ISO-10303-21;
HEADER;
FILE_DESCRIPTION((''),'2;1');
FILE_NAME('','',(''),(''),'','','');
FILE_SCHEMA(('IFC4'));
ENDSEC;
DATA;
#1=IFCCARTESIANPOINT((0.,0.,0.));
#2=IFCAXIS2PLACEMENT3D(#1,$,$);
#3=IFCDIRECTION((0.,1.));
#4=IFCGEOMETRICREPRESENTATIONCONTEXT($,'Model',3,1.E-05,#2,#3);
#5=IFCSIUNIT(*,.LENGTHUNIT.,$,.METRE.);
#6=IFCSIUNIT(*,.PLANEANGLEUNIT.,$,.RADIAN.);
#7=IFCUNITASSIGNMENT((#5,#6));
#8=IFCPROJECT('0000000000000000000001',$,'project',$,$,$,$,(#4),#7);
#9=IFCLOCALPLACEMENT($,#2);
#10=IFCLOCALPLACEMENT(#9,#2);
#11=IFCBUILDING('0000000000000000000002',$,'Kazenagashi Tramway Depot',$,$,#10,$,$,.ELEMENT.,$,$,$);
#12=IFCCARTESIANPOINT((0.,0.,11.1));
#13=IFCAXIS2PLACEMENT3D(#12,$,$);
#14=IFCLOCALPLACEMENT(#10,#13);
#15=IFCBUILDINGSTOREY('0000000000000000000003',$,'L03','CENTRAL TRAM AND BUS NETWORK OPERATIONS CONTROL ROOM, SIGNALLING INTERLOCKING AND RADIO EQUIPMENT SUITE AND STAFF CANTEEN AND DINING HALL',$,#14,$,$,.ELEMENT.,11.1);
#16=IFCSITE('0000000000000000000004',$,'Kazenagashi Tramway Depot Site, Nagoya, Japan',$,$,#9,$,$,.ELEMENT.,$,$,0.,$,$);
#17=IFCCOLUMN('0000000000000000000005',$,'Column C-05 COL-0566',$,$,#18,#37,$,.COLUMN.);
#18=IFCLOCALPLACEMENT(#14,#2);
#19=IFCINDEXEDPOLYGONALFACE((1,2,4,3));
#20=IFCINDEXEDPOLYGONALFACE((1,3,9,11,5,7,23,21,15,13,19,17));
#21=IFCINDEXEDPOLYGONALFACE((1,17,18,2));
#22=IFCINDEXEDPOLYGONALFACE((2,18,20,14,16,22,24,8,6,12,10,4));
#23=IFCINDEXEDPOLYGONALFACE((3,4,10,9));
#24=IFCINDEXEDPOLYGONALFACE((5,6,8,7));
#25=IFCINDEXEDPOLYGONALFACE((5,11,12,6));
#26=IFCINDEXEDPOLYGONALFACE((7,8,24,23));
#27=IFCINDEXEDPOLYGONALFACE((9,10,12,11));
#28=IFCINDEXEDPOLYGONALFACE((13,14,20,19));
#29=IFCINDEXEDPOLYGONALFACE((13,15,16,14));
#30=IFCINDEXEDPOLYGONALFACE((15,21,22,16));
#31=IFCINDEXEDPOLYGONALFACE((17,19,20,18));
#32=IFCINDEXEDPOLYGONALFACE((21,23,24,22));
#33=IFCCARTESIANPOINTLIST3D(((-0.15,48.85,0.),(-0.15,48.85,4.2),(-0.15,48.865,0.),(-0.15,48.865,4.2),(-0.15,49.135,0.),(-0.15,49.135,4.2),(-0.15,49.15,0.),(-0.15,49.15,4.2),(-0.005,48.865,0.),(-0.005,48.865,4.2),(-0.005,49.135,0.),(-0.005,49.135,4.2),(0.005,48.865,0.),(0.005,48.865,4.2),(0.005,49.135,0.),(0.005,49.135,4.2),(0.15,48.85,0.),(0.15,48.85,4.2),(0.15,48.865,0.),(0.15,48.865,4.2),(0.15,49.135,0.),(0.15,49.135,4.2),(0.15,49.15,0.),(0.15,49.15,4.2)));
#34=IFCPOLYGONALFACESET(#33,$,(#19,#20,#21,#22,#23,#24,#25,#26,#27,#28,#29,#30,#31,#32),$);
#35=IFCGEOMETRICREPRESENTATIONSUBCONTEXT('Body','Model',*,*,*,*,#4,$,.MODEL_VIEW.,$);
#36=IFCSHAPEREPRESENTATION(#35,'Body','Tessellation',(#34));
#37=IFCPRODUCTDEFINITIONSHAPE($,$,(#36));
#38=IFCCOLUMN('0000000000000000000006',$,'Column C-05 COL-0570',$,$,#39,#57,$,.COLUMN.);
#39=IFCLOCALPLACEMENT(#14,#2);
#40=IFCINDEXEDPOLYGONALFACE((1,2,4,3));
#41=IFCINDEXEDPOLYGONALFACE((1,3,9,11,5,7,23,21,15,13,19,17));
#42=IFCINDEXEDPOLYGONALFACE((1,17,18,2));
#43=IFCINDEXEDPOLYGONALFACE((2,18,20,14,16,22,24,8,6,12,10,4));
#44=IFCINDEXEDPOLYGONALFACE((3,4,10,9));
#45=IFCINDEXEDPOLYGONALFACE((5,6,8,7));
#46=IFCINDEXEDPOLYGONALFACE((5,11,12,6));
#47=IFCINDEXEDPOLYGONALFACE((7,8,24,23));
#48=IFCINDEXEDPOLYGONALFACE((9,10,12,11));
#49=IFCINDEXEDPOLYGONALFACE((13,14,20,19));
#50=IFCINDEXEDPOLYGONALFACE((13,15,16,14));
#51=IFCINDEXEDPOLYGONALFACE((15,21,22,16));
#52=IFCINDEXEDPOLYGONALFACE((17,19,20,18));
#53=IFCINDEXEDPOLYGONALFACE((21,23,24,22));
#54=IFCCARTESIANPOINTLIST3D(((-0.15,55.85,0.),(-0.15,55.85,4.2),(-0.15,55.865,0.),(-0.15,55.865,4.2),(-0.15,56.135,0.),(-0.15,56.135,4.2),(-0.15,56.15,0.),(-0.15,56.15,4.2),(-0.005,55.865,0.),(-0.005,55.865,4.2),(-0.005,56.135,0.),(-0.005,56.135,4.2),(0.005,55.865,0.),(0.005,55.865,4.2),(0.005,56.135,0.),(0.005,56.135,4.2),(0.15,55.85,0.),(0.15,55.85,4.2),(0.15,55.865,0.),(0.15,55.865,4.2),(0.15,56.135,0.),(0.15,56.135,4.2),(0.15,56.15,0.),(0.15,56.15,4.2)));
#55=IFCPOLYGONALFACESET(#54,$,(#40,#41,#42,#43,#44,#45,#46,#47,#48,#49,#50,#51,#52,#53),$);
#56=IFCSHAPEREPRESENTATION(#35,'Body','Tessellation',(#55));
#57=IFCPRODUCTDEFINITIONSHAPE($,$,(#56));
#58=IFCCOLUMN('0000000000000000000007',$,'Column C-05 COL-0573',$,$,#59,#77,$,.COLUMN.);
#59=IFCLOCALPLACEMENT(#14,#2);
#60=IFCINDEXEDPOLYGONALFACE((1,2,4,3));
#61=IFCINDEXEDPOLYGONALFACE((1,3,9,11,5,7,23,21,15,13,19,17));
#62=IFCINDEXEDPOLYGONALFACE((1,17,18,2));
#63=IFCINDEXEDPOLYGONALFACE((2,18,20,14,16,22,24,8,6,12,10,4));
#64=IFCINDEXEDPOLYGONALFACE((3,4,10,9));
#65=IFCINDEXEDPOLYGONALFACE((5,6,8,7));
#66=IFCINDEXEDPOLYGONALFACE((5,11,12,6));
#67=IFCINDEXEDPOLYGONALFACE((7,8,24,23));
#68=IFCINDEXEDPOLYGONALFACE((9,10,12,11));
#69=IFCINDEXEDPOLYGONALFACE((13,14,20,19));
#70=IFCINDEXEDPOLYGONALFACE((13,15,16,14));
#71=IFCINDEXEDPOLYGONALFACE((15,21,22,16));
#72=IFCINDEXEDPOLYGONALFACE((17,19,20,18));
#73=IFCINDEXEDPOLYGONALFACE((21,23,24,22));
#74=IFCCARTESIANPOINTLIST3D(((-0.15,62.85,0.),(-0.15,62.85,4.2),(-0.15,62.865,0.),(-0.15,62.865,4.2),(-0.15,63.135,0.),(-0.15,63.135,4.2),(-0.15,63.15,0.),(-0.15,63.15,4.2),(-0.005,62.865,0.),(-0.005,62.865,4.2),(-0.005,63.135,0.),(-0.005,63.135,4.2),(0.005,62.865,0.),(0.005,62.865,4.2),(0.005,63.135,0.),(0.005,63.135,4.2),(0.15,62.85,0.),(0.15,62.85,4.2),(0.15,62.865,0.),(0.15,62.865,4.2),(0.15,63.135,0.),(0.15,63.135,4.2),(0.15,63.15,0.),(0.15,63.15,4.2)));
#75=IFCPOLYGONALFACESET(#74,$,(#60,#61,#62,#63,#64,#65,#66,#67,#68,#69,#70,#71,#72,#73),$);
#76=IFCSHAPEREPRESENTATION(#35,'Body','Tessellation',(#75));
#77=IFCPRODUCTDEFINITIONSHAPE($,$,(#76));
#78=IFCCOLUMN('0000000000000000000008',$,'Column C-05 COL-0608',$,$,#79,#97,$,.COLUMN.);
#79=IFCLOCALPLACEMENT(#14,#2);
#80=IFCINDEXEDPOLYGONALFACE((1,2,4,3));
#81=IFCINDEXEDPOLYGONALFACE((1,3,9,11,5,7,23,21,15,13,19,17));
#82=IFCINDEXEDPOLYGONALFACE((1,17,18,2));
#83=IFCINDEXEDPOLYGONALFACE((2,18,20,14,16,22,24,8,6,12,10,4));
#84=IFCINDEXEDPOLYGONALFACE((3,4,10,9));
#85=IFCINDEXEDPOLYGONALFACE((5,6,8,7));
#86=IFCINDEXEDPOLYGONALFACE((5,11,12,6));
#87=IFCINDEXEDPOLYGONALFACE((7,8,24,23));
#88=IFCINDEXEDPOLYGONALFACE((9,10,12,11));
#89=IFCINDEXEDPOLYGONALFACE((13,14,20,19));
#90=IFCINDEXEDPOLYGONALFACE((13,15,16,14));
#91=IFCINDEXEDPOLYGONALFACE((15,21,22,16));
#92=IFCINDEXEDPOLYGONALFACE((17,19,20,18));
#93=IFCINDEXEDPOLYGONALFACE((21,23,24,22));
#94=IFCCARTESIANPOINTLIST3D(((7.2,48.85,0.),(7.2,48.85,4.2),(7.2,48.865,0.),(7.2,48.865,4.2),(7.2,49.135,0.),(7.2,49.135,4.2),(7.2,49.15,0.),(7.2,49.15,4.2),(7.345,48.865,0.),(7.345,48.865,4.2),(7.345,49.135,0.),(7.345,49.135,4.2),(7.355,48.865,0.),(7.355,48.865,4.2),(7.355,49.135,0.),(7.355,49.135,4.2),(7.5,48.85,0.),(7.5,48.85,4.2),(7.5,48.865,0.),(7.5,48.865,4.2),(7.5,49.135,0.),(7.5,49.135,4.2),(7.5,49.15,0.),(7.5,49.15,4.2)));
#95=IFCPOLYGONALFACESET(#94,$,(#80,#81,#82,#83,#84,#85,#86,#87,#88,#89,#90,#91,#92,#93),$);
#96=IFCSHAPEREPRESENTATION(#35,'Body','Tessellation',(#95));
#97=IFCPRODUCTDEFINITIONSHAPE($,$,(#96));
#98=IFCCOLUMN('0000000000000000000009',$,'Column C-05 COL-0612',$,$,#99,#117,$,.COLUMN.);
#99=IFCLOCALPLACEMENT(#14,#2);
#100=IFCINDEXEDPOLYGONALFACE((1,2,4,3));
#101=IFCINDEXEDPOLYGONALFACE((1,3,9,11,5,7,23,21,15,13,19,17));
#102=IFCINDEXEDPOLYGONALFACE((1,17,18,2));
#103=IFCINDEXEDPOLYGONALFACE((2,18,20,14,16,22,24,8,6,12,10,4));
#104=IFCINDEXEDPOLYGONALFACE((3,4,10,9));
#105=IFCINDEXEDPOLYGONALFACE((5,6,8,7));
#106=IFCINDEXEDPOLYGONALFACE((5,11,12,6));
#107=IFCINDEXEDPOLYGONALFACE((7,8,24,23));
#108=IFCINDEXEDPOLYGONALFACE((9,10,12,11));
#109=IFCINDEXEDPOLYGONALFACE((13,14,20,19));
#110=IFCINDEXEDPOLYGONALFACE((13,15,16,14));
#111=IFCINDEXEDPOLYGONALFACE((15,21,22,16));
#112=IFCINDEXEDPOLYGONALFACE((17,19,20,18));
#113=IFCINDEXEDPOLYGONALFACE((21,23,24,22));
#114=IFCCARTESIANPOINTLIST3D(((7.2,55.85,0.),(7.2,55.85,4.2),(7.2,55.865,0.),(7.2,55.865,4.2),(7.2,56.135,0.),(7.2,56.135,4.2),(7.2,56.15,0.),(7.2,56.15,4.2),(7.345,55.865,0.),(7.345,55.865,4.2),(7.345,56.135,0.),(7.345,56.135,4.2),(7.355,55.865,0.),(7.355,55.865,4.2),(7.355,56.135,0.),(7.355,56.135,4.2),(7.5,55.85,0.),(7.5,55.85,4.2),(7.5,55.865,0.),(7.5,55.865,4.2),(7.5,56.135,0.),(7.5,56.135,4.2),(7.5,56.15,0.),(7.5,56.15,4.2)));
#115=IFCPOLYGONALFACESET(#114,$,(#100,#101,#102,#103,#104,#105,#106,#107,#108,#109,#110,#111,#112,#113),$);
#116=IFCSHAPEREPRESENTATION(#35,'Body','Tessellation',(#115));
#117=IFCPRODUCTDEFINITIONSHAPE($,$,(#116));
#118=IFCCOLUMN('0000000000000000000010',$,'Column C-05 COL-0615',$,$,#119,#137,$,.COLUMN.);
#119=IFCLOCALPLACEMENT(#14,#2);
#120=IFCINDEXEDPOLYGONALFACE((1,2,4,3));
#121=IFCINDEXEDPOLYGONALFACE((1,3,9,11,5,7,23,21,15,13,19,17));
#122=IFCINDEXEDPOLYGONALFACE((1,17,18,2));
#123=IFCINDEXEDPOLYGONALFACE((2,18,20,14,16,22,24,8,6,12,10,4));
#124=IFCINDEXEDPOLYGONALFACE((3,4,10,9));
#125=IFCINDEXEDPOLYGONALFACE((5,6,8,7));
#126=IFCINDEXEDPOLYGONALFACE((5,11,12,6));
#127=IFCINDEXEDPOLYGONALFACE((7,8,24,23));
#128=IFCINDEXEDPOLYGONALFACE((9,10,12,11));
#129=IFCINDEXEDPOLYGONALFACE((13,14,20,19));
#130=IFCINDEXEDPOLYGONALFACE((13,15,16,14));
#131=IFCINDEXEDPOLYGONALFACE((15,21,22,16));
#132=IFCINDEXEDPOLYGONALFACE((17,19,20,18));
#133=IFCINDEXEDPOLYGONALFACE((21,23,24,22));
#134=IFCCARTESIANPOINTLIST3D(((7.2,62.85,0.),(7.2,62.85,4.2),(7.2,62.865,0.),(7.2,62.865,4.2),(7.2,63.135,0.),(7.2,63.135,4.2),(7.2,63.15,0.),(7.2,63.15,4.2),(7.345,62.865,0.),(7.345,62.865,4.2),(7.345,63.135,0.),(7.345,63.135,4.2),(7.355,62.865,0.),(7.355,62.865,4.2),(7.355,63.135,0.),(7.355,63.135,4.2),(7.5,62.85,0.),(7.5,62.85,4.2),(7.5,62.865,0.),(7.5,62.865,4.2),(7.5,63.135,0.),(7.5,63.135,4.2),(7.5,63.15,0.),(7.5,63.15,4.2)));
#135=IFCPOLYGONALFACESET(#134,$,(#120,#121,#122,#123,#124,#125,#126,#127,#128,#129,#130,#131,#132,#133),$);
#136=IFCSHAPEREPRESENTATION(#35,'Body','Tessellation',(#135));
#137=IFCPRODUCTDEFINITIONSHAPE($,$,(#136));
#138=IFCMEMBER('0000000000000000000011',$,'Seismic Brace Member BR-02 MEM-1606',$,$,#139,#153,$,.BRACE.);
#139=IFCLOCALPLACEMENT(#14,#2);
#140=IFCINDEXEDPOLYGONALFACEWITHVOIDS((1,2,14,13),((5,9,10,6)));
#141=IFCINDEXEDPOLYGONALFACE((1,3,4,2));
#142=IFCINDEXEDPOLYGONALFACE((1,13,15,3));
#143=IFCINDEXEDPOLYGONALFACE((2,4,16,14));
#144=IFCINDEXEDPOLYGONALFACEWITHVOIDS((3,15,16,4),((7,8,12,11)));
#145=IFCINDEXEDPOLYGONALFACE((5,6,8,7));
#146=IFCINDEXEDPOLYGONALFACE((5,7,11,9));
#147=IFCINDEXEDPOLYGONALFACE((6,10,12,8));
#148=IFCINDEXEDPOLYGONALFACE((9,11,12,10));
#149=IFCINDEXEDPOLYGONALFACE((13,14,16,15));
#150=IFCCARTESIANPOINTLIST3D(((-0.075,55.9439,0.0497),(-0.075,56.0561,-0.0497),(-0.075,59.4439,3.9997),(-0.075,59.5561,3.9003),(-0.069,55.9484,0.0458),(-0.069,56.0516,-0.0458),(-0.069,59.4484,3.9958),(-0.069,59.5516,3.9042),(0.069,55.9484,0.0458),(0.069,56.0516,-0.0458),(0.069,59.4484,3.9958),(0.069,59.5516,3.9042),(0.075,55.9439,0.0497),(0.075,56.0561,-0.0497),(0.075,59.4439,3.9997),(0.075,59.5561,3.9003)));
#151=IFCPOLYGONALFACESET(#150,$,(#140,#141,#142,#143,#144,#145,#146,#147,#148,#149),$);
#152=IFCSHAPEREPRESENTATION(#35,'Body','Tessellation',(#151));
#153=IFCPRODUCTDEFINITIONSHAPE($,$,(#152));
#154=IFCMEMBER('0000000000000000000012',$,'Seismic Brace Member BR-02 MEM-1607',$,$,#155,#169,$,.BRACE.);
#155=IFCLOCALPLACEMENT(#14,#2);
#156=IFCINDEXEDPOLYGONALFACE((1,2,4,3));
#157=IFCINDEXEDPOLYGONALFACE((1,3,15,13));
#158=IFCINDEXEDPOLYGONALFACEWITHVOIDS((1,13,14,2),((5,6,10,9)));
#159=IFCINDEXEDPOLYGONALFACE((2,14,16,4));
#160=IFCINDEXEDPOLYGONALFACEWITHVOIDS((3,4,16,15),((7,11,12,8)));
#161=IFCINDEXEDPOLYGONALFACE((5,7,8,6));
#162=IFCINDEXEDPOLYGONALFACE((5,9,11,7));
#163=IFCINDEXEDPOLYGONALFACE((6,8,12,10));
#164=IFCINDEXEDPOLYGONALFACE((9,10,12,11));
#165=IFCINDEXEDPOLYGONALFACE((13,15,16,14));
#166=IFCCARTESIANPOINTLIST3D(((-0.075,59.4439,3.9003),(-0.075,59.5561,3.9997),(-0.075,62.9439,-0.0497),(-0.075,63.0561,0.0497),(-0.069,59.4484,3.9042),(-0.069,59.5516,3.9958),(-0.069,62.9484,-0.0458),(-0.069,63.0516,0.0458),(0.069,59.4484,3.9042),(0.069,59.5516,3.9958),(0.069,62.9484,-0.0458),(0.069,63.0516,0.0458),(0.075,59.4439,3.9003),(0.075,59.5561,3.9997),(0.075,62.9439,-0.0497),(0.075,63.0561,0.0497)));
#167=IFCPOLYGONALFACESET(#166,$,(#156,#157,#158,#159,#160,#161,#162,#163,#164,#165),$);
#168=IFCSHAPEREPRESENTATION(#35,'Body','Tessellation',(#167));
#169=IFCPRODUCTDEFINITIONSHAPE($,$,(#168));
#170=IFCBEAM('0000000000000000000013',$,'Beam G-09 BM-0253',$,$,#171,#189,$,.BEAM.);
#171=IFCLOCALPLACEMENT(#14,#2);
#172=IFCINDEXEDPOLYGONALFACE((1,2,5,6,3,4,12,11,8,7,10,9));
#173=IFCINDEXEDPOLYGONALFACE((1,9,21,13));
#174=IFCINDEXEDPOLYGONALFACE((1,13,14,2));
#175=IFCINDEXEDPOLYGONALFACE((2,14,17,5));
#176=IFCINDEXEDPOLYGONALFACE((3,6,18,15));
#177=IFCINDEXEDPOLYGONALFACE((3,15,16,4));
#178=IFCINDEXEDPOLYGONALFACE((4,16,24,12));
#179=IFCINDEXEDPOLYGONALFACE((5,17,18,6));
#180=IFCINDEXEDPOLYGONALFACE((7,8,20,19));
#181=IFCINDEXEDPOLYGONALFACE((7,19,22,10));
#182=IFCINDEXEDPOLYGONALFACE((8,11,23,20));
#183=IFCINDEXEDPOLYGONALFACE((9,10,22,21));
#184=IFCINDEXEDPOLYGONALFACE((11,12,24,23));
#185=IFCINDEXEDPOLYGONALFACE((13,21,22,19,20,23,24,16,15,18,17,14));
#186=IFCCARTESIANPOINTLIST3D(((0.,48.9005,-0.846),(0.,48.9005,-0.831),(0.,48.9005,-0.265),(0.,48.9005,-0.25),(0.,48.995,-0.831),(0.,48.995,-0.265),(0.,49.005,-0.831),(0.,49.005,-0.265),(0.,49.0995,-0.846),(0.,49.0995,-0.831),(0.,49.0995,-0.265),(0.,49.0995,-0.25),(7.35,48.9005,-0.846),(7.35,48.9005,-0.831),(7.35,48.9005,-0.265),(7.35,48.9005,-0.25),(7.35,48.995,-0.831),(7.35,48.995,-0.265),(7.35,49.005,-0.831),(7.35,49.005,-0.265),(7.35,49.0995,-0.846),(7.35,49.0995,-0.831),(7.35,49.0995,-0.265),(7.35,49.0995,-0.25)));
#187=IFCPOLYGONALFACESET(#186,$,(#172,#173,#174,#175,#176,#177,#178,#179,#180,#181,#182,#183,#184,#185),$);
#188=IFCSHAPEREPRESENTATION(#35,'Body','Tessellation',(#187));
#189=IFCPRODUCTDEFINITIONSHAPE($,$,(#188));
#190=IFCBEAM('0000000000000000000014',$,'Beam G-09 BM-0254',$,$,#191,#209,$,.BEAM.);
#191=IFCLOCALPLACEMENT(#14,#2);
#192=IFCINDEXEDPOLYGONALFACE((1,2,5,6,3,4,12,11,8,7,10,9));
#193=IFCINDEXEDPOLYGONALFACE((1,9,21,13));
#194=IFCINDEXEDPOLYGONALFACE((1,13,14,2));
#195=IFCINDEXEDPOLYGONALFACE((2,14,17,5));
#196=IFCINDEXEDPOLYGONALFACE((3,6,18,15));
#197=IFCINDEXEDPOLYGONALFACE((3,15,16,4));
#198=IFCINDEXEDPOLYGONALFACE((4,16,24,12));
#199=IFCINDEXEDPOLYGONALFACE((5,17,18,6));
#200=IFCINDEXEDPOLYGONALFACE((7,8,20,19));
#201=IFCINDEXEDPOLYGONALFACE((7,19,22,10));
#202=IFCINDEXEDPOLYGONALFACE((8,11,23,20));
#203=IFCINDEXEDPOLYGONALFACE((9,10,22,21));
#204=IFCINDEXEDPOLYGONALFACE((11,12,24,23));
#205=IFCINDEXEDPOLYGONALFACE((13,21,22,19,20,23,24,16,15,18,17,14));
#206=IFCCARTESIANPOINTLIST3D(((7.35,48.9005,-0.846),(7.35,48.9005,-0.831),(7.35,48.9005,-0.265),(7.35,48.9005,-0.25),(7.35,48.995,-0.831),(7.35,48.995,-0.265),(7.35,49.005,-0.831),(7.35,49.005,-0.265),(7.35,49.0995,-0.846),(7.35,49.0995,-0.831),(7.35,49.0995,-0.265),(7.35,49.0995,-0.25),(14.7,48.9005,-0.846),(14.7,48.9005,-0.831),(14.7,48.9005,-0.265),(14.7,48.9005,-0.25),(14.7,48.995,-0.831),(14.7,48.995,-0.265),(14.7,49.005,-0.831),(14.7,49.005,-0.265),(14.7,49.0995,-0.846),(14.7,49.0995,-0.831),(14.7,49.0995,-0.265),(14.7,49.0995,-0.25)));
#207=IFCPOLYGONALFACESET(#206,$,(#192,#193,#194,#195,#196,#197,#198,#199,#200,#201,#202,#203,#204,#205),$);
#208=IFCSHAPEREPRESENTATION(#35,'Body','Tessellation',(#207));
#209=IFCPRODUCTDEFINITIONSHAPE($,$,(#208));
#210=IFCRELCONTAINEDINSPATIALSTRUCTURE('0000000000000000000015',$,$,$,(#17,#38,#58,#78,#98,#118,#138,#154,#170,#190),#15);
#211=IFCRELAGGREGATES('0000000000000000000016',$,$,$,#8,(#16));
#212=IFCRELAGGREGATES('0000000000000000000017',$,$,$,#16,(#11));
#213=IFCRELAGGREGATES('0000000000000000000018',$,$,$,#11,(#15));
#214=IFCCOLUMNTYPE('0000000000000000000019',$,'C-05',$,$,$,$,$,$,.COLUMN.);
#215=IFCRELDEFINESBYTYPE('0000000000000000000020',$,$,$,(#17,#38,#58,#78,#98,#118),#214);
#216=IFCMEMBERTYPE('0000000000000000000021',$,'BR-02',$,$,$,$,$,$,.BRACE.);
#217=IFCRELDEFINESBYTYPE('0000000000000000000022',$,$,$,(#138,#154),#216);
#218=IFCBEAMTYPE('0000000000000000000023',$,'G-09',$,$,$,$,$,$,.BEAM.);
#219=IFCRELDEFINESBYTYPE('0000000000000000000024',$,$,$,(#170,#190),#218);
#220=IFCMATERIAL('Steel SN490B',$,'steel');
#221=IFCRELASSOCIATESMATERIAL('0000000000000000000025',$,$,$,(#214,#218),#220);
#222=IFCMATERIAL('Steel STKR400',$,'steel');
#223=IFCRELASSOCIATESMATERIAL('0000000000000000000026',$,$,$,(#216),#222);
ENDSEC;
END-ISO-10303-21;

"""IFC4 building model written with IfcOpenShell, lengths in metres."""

from ifc_helpers import new_model, si_unit, direction, frame, origin, origin_2d, place, context, subcontext, project, spatial, hollow_rectangle, i_section, extrude, material, material_profile, profile_set, type_object, element, save


model = new_model("IFC4")

# Units and contexts
model_context = context("Model", 3, precision=1e-05, world=origin(), true_north=direction((0.0, 1.0)))
body_context = subcontext(model_context, "Body", "Model", "MODEL_VIEW")
ifc_project = project(units=[si_unit("LENGTHUNIT", "METRE"), si_unit("PLANEANGLEUNIT", "RADIAN")], contexts=[model_context])

# Site, building, storey
site_placement = place(None, origin())
site = spatial("IfcSite", under=ifc_project, at=site_placement, Name="Kazenagashi Tramway Depot Site, Nagoya, Japan", CompositionType="ELEMENT", RefElevation=0.0)
building_placement = place(site_placement, origin())
building = spatial("IfcBuilding", under=site, at=building_placement, Name="Kazenagashi Tramway Depot", CompositionType="ELEMENT")
storey_placement = place(building_placement, frame((0.0, 0.0, 11.1)))
storey = spatial("IfcBuildingStorey", under=building, at=storey_placement, Name="L03", Description="CENTRAL TRAM AND BUS NETWORK OPERATIONS CONTROL ROOM, SIGNALLING INTERLOCKING AND RADIO EQUIPMENT SUITE AND STAFF CANTEEN AND DINING HALL", CompositionType="ELEMENT", Elevation=11.1)

# Columns
ifc_material_1 = material(Name="Steel SN490B", Category="steel")
ifc_material_profile_1 = material_profile(ifc_material_1, i_section(OverallWidth=0.3, OverallDepth=0.3, WebThickness=0.01, FlangeThickness=0.015, at=origin_2d()), Name="H-300x300x10x15")
ifc_profile_set_1 = profile_set([ifc_material_profile_1], Name="Steel SN490B")
column_type = type_object("IfcColumnType", Name="C-05", PredefinedType="COLUMN", material=ifc_profile_set_1)
for number, where, z_axis, x_axis, name in (
    (1, (0.0, 49.0, 0.0), (0.0, 0.0, 1.0), (1.0, 0.0, 0.0), "Column C-05 COL-0566"),
    (2, (0.0, 56.0, 0.0), (0.0, 0.0, 1.0), (1.0, 0.0, 0.0), "Column C-05 COL-0570"),
    (3, (0.0, 63.0, 0.0), (0.0, 0.0, 1.0), (1.0, 0.0, 0.0), "Column C-05 COL-0573"),
    (4, (7.35, 49.0, 0.0), (0.0, 0.0, 1.0), (1.0, 0.0, 0.0), "Column C-05 COL-0608"),
    (5, (7.35, 56.0, 0.0), (0.0, 0.0, 1.0), (1.0, 0.0, 0.0), "Column C-05 COL-0612"),
    (6, (7.35, 63.0, 0.0), (0.0, 0.0, 1.0), (1.0, 0.0, 0.0), "Column C-05 COL-0615"),
):
    element("IfcColumn", number, at=place(storey_placement, frame(where, z_axis=z_axis, x_axis=x_axis)), inside=storey, type_object=column_type, Name=name, PredefinedType="COLUMN", context=body_context, shape_type="SweptSolid", body=[
        extrude(i_section(OverallWidth=0.3, OverallDepth=0.3, WebThickness=0.01, FlangeThickness=0.015, at=origin_2d()), origin(), (0.0, 0.0, 1.0), 4.2),
    ])

# Members
ifc_material_2 = material(Name="Steel STKR400", Category="steel")
ifc_material_profile_2 = material_profile(ifc_material_2, hollow_rectangle(XDim=0.15, YDim=0.15, WallThickness=0.006, at=origin_2d()), Name="SHS-150x150x6")
ifc_profile_set_2 = profile_set([ifc_material_profile_2], Name="Steel STKR400")
member_type = type_object("IfcMemberType", Name="BR-02", PredefinedType="BRACE", material=ifc_profile_set_2)
for number, where, z_axis, x_axis, name in (
    (7, (0.0, 56.0, 0.0), (0.0, 0.663187, 0.748454), (-1.0, 0.0, 0.0), "Seismic Brace Member BR-02 MEM-1606"),
    (8, (0.0, 63.0, 0.0), (0.0, -0.663187, 0.748454), (1.0, 0.0, 0.0), "Seismic Brace Member BR-02 MEM-1607"),
):
    element("IfcMember", number, at=place(storey_placement, frame(where, z_axis=z_axis, x_axis=x_axis)), inside=storey, type_object=member_type, Name=name, PredefinedType="BRACE", context=body_context, shape_type="SweptSolid", body=[
        extrude(hollow_rectangle(XDim=0.15, YDim=0.15, WallThickness=0.006, at=origin_2d()), origin(), (0.0, 0.0, 1.0), 5.2775),
    ])

# Beams
ifc_material_profile_3 = material_profile(ifc_material_1, i_section(OverallWidth=0.199, OverallDepth=0.596, WebThickness=0.01, FlangeThickness=0.015, at=origin_2d()), Name="H-596x199x10x15")
ifc_profile_set_3 = profile_set([ifc_material_profile_3], Name="Steel SN490B")
beam_type_1 = type_object("IfcBeamType", Name="G-09", PredefinedType="BEAM", material=ifc_profile_set_3)
for number, where, z_axis, x_axis, name in (
    (9, (0.0, 49.0, -0.548), (1.0, 0.0, 0.0), (0.0, 1.0, 0.0), "Beam G-09 BM-0253"),
    (10, (7.35, 49.0, -0.548), (1.0, 0.0, 0.0), (0.0, 1.0, 0.0), "Beam G-09 BM-0254"),
):
    element("IfcBeam", number, at=place(storey_placement, frame(where, z_axis=z_axis, x_axis=x_axis)), inside=storey, type_object=beam_type_1, Name=name, PredefinedType="BEAM", context=body_context, shape_type="SweptSolid", body=[
        extrude(i_section(OverallWidth=0.199, OverallDepth=0.596, WebThickness=0.01, FlangeThickness=0.015, at=origin_2d()), origin(), (0.0, 0.0, 1.0), 7.35),
    ])

save(model, "model.ifc")
